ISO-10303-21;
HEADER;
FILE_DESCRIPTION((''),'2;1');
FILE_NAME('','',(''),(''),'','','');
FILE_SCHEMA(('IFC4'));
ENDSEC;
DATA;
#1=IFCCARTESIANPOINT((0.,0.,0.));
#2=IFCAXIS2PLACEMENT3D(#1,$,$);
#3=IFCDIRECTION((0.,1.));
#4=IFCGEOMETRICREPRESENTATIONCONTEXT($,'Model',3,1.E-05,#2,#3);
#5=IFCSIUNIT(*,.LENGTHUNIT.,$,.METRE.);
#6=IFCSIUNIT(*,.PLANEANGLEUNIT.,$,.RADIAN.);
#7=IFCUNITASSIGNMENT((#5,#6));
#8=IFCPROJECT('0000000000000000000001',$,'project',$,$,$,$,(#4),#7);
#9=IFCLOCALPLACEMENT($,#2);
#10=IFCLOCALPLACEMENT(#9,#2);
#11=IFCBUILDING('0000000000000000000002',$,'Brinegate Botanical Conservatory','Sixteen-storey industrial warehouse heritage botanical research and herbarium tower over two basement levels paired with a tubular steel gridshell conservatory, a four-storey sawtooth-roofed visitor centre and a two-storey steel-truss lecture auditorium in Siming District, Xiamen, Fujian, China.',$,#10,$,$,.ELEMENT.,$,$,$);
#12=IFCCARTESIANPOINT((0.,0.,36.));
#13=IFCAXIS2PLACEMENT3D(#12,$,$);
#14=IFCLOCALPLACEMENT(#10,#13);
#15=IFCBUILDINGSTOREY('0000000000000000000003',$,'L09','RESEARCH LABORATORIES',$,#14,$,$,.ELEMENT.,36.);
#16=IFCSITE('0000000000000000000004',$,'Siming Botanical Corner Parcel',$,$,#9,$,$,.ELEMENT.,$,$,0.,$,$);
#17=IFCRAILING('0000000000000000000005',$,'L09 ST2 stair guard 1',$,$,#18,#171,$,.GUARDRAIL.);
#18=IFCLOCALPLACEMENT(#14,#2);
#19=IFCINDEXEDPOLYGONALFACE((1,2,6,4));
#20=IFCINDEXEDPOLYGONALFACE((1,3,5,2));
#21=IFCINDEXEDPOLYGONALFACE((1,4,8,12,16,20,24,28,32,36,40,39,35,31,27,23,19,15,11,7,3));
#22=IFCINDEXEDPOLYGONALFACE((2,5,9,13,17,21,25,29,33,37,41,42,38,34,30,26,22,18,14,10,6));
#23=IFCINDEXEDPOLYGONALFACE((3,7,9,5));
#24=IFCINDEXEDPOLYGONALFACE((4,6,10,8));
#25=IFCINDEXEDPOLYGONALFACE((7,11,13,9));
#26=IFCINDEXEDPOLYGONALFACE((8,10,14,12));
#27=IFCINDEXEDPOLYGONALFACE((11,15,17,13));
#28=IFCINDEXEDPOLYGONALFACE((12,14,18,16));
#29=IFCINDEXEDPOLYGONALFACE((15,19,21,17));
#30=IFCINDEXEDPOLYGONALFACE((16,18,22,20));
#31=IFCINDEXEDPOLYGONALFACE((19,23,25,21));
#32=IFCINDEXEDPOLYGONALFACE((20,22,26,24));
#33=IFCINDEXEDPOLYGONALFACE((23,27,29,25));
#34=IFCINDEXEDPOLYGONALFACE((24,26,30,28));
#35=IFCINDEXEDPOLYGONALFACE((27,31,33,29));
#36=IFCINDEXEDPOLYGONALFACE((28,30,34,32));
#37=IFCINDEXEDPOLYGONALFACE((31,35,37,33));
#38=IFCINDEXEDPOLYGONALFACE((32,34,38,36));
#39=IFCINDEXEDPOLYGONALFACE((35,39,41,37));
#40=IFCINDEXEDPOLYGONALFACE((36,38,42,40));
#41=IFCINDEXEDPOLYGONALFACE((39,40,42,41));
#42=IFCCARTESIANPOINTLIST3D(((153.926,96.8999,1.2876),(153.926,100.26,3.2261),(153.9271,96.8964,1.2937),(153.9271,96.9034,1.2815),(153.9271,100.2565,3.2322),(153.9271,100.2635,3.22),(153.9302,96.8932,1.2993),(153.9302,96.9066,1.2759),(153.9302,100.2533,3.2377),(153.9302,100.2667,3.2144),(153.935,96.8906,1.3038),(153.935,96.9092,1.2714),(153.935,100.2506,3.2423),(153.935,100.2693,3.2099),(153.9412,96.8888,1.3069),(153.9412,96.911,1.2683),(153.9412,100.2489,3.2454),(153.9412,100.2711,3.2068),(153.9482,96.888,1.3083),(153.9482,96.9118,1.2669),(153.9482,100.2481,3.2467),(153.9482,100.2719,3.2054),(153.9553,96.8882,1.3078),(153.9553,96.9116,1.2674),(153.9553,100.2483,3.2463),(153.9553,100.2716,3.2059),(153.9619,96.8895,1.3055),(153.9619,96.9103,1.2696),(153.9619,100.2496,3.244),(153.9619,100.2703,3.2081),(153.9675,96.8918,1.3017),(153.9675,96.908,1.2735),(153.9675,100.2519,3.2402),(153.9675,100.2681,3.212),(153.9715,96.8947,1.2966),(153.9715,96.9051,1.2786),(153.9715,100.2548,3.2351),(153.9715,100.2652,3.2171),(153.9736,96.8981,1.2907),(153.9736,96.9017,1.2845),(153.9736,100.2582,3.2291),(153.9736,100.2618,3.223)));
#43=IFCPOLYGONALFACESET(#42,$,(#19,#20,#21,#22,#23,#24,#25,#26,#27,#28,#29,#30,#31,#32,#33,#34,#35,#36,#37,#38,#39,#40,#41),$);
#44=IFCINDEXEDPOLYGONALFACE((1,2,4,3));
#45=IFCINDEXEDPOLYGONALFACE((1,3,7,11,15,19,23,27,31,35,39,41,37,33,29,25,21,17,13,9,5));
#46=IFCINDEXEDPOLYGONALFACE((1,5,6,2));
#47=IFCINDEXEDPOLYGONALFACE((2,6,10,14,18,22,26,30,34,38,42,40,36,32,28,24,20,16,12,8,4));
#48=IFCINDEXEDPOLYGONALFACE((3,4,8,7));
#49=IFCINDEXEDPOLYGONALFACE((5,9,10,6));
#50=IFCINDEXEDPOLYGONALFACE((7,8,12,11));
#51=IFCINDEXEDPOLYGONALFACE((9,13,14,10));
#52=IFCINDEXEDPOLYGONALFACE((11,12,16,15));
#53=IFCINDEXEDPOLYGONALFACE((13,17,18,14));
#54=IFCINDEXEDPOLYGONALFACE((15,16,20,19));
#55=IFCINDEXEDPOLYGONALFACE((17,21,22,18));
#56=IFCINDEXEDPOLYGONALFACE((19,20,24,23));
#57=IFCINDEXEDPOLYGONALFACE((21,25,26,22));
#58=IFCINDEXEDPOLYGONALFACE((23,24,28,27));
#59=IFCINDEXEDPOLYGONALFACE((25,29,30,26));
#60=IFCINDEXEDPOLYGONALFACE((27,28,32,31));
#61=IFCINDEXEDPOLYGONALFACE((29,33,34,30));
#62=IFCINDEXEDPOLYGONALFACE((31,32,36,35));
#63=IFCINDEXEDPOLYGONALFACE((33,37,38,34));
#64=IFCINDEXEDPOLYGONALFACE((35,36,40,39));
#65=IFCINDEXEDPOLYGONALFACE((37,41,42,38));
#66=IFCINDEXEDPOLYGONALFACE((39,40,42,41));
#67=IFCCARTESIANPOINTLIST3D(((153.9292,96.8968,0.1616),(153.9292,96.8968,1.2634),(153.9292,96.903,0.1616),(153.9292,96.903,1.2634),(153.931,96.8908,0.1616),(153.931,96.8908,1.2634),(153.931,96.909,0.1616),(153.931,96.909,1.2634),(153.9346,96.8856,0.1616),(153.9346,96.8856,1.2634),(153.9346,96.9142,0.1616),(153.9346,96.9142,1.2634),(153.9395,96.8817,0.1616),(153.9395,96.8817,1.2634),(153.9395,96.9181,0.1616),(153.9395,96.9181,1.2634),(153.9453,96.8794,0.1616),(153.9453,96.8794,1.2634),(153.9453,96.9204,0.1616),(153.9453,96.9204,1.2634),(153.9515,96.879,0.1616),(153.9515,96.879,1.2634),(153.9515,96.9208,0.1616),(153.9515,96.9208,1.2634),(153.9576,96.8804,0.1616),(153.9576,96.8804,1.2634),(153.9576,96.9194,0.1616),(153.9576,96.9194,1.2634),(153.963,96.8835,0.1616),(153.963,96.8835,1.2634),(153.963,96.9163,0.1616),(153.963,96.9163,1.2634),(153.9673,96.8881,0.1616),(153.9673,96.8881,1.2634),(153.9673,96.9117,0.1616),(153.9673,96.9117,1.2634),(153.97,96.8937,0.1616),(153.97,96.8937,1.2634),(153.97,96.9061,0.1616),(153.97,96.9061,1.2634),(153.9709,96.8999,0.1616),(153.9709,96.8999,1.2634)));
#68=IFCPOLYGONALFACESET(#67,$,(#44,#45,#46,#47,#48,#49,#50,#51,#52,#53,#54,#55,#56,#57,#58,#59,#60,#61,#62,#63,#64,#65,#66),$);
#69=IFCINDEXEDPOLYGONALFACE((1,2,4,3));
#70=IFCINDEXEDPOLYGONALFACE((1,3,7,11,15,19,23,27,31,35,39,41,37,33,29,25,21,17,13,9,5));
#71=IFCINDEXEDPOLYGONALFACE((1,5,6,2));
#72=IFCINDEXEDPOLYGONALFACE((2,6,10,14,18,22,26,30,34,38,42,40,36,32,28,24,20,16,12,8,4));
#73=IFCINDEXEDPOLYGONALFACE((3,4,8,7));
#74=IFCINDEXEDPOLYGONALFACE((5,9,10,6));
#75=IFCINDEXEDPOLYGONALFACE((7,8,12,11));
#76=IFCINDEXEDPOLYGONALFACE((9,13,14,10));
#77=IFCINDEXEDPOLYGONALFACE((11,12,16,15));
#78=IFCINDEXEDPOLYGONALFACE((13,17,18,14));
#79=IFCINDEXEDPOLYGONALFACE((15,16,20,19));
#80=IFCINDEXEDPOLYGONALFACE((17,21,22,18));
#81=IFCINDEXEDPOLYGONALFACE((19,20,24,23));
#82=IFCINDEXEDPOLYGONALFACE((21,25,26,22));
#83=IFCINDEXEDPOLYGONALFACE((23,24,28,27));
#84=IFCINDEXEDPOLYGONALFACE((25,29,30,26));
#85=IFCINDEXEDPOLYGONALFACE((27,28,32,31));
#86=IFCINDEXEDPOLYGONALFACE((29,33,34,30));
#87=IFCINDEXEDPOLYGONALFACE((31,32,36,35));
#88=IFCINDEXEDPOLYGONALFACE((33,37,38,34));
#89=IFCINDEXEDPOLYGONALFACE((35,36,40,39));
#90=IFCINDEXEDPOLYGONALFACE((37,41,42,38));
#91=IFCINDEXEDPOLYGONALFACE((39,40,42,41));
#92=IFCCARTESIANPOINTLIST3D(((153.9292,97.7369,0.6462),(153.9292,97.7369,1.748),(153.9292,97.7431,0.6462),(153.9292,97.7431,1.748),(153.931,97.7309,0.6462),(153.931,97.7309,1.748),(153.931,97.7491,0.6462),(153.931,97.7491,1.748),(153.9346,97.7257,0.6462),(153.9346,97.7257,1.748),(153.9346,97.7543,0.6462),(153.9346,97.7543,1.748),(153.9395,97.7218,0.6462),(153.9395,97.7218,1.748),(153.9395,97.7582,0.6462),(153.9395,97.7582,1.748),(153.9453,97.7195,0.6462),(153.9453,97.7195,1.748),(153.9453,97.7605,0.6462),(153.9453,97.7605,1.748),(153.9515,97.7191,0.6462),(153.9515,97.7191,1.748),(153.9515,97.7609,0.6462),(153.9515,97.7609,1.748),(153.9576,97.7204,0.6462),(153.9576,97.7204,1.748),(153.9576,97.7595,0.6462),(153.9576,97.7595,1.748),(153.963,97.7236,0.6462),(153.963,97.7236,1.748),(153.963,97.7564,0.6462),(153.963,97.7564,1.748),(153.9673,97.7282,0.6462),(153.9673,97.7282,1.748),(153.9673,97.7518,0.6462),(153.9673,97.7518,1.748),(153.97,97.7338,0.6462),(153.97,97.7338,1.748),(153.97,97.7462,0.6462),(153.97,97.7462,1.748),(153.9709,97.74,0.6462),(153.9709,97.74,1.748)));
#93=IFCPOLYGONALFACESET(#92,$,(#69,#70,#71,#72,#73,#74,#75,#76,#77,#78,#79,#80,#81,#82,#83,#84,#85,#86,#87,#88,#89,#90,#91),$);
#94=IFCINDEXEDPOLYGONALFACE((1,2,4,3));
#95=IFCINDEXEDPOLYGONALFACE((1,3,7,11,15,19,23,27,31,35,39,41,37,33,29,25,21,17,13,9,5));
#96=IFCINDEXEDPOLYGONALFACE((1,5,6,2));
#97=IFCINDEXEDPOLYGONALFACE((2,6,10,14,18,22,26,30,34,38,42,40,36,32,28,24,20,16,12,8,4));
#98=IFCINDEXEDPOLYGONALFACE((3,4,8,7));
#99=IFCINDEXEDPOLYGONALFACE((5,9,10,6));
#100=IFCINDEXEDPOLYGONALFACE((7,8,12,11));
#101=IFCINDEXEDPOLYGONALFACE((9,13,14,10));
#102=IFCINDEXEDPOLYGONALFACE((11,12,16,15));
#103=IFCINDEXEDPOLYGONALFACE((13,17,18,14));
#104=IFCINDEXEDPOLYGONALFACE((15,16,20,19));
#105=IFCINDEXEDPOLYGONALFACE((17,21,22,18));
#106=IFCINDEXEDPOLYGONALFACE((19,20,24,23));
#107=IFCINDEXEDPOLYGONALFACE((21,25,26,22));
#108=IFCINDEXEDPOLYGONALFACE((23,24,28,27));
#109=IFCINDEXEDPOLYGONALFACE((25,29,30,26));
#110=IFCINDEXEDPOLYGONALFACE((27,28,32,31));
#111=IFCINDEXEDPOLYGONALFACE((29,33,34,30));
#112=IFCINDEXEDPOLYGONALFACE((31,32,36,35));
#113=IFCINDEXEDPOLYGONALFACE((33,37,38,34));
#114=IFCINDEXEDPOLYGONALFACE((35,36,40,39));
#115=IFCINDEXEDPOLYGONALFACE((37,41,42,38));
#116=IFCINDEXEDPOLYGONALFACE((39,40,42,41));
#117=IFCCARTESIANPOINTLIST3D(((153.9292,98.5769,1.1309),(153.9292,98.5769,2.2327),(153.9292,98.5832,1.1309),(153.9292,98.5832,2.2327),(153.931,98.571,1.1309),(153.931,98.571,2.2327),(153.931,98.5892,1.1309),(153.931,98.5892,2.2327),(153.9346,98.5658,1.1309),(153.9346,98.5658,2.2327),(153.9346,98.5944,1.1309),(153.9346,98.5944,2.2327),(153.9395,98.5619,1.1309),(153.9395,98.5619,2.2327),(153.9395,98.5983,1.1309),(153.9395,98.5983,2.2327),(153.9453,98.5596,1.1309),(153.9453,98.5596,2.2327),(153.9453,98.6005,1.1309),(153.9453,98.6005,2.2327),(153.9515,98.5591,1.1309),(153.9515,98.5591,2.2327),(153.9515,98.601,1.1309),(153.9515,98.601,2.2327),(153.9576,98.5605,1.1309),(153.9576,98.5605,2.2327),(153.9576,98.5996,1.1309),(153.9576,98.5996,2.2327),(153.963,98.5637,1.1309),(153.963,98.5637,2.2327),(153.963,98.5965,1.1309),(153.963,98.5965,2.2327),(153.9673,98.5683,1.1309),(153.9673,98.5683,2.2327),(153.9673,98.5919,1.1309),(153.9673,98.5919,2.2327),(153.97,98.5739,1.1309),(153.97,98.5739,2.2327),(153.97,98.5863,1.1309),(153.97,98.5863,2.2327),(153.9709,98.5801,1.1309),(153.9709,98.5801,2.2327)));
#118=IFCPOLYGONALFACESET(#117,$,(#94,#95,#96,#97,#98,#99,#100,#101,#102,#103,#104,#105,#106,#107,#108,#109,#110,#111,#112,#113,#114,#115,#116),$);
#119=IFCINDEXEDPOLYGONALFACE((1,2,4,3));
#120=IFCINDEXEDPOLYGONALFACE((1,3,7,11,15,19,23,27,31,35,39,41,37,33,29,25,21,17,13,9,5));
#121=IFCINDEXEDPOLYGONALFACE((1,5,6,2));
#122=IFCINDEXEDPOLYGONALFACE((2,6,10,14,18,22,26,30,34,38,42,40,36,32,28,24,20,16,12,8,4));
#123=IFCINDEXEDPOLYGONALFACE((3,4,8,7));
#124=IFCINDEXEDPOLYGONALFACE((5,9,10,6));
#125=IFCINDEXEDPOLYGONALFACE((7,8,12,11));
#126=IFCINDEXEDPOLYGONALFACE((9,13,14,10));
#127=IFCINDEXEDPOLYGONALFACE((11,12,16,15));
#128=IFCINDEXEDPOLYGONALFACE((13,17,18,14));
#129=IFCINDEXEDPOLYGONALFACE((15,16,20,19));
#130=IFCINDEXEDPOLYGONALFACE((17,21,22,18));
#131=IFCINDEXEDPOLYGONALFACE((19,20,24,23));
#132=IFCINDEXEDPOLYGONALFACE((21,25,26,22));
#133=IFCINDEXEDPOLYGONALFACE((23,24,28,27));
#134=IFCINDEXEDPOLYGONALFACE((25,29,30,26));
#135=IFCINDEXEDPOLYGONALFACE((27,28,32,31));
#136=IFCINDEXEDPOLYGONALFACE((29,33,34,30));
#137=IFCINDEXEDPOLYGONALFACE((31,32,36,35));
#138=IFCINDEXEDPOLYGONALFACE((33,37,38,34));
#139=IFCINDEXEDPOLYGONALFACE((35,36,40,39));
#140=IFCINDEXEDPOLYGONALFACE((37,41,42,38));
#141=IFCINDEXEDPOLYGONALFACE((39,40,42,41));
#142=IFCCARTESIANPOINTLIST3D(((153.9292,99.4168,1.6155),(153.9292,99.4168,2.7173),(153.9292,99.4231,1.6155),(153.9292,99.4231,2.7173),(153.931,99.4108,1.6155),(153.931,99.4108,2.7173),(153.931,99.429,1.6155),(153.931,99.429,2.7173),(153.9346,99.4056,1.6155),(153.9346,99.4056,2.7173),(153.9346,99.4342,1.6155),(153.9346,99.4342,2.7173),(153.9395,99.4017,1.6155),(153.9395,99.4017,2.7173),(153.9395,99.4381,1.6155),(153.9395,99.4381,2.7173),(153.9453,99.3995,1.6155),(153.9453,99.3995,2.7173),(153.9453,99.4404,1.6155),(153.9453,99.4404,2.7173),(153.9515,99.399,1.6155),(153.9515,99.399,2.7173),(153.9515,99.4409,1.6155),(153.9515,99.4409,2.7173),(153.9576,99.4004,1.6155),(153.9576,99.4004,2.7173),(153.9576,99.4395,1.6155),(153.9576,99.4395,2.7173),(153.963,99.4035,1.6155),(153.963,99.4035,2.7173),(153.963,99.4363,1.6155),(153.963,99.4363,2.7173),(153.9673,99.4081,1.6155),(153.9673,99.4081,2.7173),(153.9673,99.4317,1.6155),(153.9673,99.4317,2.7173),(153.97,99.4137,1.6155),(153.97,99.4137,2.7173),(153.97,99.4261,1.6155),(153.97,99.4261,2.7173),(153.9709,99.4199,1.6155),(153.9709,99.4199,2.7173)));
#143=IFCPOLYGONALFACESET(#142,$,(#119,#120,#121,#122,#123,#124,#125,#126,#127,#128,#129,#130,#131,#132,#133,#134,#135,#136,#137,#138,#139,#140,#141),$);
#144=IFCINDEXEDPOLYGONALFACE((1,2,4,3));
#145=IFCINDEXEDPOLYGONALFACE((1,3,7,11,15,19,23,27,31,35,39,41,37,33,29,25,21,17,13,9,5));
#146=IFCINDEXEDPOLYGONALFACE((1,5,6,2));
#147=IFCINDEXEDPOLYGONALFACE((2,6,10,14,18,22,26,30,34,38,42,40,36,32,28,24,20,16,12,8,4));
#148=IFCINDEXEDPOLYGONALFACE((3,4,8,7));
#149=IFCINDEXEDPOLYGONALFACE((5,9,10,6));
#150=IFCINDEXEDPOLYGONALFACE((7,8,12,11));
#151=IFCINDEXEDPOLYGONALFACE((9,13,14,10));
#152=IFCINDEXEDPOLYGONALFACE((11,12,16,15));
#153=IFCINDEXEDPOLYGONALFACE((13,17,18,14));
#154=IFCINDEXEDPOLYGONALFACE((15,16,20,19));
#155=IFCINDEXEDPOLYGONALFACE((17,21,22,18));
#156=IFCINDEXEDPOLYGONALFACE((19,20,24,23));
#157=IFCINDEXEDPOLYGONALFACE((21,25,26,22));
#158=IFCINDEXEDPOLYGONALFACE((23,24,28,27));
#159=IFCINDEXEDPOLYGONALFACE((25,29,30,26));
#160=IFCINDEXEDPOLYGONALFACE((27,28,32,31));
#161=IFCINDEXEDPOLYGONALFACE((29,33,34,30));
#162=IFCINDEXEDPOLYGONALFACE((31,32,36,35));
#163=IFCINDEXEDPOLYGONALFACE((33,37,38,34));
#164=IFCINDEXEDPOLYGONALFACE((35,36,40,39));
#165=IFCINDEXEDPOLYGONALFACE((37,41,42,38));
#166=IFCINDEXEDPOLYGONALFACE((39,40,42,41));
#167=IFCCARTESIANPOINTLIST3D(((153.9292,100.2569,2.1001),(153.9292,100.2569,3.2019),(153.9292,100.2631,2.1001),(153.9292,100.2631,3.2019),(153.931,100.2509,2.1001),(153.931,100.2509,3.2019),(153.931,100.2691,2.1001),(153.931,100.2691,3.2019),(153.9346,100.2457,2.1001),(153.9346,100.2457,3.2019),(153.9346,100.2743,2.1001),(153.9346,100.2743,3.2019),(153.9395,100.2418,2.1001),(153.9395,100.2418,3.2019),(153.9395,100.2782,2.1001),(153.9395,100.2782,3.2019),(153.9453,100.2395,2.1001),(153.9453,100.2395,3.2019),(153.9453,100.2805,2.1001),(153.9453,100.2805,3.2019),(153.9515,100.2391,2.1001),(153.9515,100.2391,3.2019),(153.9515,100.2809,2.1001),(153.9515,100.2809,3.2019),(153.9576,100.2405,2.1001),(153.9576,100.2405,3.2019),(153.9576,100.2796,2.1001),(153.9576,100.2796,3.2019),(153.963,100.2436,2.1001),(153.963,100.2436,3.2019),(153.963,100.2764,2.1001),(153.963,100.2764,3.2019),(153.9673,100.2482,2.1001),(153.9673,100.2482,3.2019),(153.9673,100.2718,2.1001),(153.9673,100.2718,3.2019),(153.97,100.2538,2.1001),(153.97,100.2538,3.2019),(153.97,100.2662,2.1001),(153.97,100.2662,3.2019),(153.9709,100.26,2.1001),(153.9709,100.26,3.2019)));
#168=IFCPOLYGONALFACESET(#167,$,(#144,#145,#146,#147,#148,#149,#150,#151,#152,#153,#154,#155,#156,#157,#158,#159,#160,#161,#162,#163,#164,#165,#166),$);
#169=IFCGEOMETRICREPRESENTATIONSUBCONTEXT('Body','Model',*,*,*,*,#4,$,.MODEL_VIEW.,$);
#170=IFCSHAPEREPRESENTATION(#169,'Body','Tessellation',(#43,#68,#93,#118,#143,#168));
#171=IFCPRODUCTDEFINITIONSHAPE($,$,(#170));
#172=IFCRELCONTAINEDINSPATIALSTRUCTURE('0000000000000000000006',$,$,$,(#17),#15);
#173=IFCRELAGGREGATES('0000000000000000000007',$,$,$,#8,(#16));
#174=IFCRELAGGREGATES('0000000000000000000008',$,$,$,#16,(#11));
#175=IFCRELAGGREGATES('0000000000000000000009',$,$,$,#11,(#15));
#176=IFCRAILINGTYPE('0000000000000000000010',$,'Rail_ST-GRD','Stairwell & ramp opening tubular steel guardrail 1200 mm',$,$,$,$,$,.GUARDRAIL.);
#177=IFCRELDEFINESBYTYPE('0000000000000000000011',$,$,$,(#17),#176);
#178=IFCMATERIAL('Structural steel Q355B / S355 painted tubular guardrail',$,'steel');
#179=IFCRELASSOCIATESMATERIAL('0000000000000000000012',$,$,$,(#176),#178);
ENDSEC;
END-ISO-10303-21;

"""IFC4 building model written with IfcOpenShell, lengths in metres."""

from ifc_helpers import new_model, si_unit, direction, frame, origin, origin_2d, place, context, subcontext, project, spatial, circle, extrude, material, type_object, element, save


model = new_model("IFC4")

# Units and contexts
model_context = context("Model", 3, precision=1e-05, world=origin(), true_north=direction((0.0, 1.0)))
body_context = subcontext(model_context, "Body", "Model", "MODEL_VIEW")
ifc_project = project(units=[si_unit("LENGTHUNIT", "METRE"), si_unit("PLANEANGLEUNIT", "RADIAN")], contexts=[model_context])

# Site, building, storey
site_placement = place(None, origin())
site = spatial("IfcSite", under=ifc_project, at=site_placement, Name="Siming Botanical Corner Parcel", CompositionType="ELEMENT", RefElevation=0.0)
building_placement = place(site_placement, origin())
building = spatial("IfcBuilding", under=site, at=building_placement, Name="Brinegate Botanical Conservatory", Description="Sixteen-storey industrial warehouse heritage botanical research and herbarium tower over two basement levels paired with a tubular steel gridshell conservatory, a four-storey sawtooth-roofed visitor centre and a two-storey steel-truss lecture auditorium in Siming District, Xiamen, Fujian, China.", CompositionType="ELEMENT")
storey_placement = place(building_placement, frame((0.0, 0.0, 36.0)))
storey = spatial("IfcBuildingStorey", under=building, at=storey_placement, Name="L09", Description="RESEARCH LABORATORIES", CompositionType="ELEMENT", Elevation=36.0)

# Railing
ifc_material_1 = material(Name="Structural steel Q355B / S355 painted tubular guardrail", Category="steel")
railing_type_1 = type_object("IfcRailingType", Name="Rail_ST-GRD", Description="Stairwell & ramp opening tubular steel guardrail 1200 mm", PredefinedType="GUARDRAIL", material=ifc_material_1)
railing_1_placement = place(storey_placement, frame((153.95, 96.8999, 0.1616)))
element("IfcRailing", 1, at=railing_1_placement, inside=storey, type_object=railing_type_1, Name="L09 ST2 stair guard 1", PredefinedType="GUARDRAIL", context=body_context, shape_type="SweptSolid", body=[
    extrude(circle(Radius=0.0239, at=origin_2d()), frame((0.0, 0.0, 1.126), z_axis=(0.0, 0.866191, 0.499713), x_axis=(-1.0, 0.0, 0.0)), (0.0, 0.0, 1.0), 3.8792),
    extrude(circle(Radius=0.021, at=origin_2d()), origin(), (0.0, 0.0, 1.0), 1.1018),
    extrude(circle(Radius=0.021, at=origin_2d()), frame((0.0, 0.8401, 0.4846)), (0.0, 0.0, 1.0), 1.1018),
    extrude(circle(Radius=0.021, at=origin_2d()), frame((0.0, 1.6802, 0.9692)), (0.0, 0.0, 1.0), 1.1018),
    extrude(circle(Radius=0.021, at=origin_2d()), frame((0.0, 2.52, 1.4539)), (0.0, 0.0, 1.0), 1.1018),
    extrude(circle(Radius=0.021, at=origin_2d()), frame((0.0, 3.3601, 1.9385)), (0.0, 0.0, 1.0), 1.1018),
])

save(model, "model.ifc")
